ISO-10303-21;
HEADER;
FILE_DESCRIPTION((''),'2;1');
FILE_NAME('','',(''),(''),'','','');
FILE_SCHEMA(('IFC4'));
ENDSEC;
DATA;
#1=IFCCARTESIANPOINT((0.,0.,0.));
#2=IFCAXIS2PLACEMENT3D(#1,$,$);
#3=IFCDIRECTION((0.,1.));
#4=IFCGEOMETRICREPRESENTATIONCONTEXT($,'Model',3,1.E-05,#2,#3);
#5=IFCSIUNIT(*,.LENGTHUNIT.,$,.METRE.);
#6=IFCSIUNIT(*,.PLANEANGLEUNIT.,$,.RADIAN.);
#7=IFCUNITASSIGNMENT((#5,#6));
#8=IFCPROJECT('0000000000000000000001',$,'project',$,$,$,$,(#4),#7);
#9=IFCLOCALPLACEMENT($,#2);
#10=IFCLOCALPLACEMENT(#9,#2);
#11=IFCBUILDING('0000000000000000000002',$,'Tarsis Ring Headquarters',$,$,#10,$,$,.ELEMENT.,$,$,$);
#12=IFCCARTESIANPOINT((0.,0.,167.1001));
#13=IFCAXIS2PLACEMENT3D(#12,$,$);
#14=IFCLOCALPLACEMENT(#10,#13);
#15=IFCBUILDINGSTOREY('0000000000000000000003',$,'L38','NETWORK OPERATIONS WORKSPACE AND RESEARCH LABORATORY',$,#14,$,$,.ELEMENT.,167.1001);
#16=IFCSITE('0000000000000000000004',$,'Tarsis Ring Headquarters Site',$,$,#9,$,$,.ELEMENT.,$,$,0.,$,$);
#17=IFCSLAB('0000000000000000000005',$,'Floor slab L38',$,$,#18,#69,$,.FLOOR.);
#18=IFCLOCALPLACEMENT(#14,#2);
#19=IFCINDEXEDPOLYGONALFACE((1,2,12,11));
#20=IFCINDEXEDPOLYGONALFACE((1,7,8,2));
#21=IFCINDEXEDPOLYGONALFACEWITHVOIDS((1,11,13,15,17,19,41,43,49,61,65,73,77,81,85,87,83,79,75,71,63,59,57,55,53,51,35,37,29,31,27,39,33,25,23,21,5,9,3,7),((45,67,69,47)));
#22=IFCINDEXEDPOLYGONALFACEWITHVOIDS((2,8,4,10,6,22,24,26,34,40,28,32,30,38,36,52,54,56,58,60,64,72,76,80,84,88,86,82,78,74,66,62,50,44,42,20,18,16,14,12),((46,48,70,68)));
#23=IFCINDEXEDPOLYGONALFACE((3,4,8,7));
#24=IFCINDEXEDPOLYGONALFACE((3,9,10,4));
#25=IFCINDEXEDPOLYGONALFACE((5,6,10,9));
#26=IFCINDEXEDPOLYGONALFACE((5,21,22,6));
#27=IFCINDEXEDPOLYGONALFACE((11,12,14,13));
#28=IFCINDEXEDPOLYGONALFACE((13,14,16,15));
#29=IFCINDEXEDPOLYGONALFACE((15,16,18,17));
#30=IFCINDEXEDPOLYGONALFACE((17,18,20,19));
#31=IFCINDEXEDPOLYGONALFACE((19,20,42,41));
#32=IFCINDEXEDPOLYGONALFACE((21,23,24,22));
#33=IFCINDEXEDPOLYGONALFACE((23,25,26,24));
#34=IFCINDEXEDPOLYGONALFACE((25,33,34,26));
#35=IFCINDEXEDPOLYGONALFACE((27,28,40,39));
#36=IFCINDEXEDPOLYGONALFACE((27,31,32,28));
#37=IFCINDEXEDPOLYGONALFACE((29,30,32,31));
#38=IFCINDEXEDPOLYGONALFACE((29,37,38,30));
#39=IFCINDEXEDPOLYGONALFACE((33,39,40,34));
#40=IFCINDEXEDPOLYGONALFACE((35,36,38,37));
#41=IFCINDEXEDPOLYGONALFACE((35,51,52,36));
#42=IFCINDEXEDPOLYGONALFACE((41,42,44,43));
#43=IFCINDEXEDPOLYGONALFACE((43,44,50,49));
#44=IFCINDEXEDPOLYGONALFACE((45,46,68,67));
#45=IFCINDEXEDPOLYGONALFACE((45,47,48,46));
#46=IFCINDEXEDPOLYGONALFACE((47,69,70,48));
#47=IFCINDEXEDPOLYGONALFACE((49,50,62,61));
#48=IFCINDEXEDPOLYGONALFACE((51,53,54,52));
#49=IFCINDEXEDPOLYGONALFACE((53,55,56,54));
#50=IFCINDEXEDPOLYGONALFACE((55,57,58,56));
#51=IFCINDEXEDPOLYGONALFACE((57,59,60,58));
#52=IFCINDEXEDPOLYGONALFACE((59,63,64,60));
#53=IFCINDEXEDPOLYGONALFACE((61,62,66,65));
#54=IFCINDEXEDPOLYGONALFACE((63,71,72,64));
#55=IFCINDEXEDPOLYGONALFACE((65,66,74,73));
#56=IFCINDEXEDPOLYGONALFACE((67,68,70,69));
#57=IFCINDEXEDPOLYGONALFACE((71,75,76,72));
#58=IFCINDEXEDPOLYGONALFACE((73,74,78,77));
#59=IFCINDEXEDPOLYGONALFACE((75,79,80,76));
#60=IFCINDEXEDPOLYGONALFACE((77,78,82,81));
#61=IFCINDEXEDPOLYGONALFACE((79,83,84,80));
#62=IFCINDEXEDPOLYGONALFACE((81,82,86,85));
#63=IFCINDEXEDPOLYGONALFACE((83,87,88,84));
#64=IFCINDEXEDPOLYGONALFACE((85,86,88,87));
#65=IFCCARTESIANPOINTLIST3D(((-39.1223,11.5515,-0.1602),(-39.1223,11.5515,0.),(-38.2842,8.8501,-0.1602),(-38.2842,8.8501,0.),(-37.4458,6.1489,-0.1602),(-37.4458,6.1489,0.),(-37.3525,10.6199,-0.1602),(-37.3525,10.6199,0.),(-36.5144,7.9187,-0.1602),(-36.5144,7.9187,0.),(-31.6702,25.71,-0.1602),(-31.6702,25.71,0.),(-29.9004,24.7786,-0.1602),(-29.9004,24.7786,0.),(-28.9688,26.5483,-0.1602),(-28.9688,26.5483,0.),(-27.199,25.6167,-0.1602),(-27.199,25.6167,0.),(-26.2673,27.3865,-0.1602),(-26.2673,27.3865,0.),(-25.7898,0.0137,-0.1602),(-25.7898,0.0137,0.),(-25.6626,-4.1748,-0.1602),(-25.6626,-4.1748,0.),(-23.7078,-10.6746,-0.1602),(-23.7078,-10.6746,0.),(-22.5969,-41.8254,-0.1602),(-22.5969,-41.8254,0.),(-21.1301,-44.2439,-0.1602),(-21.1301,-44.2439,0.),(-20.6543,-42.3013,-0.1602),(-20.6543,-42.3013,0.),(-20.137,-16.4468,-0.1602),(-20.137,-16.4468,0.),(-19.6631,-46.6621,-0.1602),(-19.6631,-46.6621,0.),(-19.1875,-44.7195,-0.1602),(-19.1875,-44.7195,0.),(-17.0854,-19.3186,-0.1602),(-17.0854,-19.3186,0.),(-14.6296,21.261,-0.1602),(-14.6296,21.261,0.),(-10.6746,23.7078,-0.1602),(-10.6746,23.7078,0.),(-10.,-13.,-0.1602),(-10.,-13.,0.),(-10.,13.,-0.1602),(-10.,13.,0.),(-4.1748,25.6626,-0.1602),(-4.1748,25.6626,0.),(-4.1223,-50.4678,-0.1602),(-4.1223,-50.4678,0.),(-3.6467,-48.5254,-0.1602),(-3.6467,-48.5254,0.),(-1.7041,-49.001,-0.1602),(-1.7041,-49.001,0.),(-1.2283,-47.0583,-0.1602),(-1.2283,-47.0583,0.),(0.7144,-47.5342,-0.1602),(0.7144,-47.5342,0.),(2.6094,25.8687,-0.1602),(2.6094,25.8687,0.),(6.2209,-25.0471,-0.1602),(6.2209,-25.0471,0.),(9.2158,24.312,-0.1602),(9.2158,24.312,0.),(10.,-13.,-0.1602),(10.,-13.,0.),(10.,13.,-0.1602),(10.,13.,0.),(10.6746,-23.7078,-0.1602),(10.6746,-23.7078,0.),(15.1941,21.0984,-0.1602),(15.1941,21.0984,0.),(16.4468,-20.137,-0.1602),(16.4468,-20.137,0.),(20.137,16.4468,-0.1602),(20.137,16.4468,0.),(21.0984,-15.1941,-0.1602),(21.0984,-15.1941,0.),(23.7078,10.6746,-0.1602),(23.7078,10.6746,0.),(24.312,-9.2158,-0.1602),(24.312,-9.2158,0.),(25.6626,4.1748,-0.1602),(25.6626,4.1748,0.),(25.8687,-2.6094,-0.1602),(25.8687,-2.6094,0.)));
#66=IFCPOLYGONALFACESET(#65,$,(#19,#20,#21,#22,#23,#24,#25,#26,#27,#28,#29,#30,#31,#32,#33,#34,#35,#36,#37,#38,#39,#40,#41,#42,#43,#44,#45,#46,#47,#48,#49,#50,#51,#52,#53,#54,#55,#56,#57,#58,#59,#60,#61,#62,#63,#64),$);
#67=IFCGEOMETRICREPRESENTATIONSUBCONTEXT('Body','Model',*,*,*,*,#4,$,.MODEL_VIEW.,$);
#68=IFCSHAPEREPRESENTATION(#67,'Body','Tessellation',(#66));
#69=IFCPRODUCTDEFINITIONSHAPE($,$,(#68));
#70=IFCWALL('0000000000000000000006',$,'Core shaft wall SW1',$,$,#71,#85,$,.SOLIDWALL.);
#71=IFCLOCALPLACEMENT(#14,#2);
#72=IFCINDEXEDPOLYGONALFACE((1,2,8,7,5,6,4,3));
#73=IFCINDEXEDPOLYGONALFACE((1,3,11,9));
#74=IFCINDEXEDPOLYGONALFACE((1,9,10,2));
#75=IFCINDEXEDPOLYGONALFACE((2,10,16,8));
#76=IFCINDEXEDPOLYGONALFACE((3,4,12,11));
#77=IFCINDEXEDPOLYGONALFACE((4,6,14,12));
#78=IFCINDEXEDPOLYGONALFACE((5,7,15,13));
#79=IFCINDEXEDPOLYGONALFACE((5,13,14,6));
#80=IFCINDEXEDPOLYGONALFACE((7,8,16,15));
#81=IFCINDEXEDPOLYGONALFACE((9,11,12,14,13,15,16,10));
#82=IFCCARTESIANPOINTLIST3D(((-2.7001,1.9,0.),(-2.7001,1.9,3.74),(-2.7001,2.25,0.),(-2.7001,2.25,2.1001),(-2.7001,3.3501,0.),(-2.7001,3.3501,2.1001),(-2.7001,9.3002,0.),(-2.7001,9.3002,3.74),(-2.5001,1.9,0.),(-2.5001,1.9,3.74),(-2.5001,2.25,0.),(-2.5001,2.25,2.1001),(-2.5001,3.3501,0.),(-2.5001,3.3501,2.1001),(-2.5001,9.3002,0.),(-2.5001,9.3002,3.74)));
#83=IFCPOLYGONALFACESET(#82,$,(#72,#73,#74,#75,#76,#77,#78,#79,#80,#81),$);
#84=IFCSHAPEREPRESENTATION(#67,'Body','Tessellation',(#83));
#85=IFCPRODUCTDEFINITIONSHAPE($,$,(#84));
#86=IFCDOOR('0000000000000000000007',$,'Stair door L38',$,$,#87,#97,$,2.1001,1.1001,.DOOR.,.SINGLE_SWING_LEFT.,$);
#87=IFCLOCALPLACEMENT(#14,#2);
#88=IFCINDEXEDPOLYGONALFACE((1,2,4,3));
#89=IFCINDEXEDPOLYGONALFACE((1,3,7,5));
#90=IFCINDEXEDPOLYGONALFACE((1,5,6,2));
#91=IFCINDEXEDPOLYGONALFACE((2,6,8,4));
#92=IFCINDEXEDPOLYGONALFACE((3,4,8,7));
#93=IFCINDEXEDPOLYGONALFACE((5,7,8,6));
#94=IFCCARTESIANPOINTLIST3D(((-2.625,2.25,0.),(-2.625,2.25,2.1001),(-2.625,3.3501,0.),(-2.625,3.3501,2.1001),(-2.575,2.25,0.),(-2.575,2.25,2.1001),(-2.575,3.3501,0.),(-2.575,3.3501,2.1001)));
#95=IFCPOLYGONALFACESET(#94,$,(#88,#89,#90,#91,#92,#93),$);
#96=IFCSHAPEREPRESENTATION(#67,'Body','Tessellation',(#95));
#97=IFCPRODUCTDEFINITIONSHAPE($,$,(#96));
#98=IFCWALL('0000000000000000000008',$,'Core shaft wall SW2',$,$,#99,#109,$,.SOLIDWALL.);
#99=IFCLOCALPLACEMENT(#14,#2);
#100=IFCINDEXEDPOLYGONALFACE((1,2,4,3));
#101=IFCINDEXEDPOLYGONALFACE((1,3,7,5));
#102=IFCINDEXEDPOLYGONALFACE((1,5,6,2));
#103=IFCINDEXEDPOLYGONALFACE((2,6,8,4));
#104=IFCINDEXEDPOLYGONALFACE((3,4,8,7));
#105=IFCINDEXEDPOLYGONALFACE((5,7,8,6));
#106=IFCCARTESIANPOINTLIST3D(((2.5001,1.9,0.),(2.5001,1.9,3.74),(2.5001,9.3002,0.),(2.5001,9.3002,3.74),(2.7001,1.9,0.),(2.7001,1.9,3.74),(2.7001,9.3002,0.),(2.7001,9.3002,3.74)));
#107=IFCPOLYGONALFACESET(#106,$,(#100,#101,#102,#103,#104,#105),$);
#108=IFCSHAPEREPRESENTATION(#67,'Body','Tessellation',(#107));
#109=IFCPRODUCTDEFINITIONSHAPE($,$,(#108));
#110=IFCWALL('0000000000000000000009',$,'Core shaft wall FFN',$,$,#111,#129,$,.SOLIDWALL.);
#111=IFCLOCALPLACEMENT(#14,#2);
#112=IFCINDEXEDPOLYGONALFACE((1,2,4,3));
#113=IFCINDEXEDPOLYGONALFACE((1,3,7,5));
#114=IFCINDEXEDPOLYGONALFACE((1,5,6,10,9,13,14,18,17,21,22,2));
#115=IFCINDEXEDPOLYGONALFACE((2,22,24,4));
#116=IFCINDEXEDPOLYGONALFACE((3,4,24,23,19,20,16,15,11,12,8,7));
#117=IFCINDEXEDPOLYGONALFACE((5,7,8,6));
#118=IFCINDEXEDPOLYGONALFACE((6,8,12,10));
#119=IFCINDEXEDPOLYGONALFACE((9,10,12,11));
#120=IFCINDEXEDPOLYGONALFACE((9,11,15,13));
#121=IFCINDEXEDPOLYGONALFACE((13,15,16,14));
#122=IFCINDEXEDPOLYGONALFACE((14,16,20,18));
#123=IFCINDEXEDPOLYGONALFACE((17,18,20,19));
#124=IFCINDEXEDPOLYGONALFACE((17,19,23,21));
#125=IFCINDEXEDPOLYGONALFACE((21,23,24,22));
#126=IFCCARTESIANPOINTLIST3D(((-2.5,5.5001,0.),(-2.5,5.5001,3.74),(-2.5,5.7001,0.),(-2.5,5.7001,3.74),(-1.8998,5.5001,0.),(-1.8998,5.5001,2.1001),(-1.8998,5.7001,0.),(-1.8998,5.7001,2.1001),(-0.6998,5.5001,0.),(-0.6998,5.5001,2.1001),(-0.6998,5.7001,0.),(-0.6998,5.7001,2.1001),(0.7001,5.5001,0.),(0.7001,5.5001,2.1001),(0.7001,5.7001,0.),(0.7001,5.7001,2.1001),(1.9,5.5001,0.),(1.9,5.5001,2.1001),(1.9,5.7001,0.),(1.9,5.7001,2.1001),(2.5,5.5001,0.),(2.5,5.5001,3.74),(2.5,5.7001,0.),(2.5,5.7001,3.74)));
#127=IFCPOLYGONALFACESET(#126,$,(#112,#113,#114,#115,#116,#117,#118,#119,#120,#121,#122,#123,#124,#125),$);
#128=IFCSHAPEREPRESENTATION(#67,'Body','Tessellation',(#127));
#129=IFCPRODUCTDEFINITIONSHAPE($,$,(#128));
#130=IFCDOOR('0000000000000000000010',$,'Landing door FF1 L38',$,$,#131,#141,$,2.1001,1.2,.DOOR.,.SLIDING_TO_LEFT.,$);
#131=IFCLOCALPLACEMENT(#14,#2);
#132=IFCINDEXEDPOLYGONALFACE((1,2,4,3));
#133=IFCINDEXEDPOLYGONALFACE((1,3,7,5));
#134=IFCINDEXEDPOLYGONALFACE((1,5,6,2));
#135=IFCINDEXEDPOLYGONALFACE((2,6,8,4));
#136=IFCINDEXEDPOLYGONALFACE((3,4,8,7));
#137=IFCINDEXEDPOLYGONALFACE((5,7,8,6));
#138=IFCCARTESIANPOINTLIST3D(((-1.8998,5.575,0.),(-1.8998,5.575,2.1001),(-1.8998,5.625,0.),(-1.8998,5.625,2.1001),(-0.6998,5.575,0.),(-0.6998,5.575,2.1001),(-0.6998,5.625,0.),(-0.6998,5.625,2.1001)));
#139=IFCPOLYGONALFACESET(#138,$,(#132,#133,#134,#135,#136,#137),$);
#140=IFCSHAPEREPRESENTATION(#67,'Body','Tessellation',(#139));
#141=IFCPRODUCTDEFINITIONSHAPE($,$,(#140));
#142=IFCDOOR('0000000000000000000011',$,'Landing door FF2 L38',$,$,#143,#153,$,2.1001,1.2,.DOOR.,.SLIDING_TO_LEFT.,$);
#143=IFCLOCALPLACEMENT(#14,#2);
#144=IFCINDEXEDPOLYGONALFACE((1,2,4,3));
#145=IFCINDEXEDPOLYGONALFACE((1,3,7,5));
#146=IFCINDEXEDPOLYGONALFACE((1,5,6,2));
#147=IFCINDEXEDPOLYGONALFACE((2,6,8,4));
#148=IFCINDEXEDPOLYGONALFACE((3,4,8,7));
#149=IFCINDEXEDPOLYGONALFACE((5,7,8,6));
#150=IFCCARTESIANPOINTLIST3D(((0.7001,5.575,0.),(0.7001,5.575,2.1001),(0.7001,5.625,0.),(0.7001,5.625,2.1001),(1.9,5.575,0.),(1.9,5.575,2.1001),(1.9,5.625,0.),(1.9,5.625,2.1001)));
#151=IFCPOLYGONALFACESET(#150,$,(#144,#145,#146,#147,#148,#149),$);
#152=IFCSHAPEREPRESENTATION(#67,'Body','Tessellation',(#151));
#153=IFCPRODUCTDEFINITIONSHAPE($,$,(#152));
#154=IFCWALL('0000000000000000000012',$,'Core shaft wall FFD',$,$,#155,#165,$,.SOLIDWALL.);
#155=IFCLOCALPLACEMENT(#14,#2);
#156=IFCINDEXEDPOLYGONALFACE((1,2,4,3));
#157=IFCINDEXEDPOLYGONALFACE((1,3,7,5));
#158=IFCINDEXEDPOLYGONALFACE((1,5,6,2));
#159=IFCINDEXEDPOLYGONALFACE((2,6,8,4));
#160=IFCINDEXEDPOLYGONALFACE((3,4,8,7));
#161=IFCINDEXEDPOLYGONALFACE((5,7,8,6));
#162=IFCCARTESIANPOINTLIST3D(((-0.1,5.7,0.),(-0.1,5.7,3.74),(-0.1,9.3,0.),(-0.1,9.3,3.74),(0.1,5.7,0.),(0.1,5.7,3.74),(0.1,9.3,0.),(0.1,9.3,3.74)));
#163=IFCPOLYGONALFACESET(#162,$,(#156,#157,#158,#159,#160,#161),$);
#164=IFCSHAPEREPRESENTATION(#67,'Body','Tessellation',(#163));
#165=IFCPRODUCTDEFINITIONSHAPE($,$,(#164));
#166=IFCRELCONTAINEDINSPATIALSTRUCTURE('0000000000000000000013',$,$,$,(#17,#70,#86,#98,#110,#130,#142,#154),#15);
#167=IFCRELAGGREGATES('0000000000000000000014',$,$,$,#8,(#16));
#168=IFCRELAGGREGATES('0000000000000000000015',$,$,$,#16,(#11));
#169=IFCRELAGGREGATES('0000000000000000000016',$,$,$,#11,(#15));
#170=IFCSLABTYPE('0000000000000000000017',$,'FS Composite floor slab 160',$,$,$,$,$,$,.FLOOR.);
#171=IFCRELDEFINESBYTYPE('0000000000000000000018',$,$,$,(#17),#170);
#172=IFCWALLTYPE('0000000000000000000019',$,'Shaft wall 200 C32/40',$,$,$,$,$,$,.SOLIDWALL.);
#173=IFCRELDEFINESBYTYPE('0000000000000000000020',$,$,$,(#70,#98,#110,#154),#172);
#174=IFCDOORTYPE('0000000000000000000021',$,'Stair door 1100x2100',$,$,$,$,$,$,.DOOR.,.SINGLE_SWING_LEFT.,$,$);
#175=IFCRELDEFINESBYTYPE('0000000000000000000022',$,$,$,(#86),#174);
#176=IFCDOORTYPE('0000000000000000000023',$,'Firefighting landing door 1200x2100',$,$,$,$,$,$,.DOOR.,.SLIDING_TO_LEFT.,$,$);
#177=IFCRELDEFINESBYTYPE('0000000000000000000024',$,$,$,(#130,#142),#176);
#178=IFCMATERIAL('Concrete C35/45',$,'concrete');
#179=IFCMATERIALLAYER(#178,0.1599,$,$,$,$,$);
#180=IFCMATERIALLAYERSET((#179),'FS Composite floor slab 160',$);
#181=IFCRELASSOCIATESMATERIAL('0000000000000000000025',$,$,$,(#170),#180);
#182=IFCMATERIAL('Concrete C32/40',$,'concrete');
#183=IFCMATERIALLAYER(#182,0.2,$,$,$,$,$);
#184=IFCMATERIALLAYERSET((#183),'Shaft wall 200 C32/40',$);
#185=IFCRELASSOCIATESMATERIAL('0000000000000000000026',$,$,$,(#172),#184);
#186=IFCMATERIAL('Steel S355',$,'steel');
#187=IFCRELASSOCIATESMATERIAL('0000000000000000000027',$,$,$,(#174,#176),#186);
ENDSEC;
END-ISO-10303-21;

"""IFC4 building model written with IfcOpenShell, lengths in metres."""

from ifc_helpers import new_model, si_unit, direction, frame, frame_2d, origin, place, context, subcontext, project, spatial, polyline, rectangle, outline, extrude, material, layer, layer_set, type_object, element, fill, save


model = new_model("IFC4")

# Units and contexts
model_context = context("Model", 3, precision=1e-05, world=origin(), true_north=direction((0.0, 1.0)))
body_context = subcontext(model_context, "Body", "Model", "MODEL_VIEW")
ifc_project = project(units=[si_unit("LENGTHUNIT", "METRE"), si_unit("PLANEANGLEUNIT", "RADIAN")], contexts=[model_context])

# Site, building, storey
site_placement = place(None, origin())
site = spatial("IfcSite", under=ifc_project, at=site_placement, Name="Tarsis Ring Headquarters Site", CompositionType="ELEMENT", RefElevation=0.0)
building_placement = place(site_placement, origin())
building = spatial("IfcBuilding", under=site, at=building_placement, Name="Tarsis Ring Headquarters", CompositionType="ELEMENT")
storey_placement = place(building_placement, frame((0.0, 0.0, 167.1001)))
storey = spatial("IfcBuildingStorey", under=building, at=storey_placement, Name="L38", Description="NETWORK OPERATIONS WORKSPACE AND RESEARCH LABORATORY", CompositionType="ELEMENT", Elevation=167.1001)

# Slab
ifc_material_1 = material(Name="Concrete C35/45", Category="concrete")
ifc_layer_1 = layer(ifc_material_1, 0.1599)
ifc_layer_set_1 = layer_set([ifc_layer_1], Name="FS Composite floor slab 160")
slab_type_1 = type_object("IfcSlabType", Name="FS Composite floor slab 160", PredefinedType="FLOOR", material=ifc_layer_set_1)
slab_1_placement = place(storey_placement, frame((0.0, 0.0, -0.1602)))
element("IfcSlab", 1, at=slab_1_placement, inside=storey, type_object=slab_type_1, Name="Floor slab L38", PredefinedType="FLOOR", context=body_context, shape_type="SweptSolid", body=[
    extrude(outline(polyline([(-25.7898, 0.0137), (-25.6626, -4.1748), (-23.7078, -10.6746), (-20.137, -16.4468), (-17.0854, -19.3186), (-22.5969, -41.8254), (-20.6543, -42.3013), (-21.1301, -44.2439), (-19.1875, -44.7195), (-19.6631, -46.6621), (-4.1223, -50.4678), (-3.6467, -48.5254), (-1.7041, -49.001), (-1.2283, -47.0583), (0.7144, -47.5342), (6.2209, -25.0471), (10.6746, -23.7078), (16.4468, -20.137), (21.0984, -15.1941), (24.312, -9.2158), (25.8687, -2.6094), (25.6626, 4.1748), (23.7078, 10.6746), (20.137, 16.4468), (15.1941, 21.0984), (9.2158, 24.312), (2.6094, 25.8687), (-4.1748, 25.6626), (-10.6746, 23.7078), (-14.6296, 21.261), (-26.2673, 27.3865), (-27.199, 25.6167), (-28.9688, 26.5483), (-29.9004, 24.7786), (-31.6702, 25.71), (-39.1223, 11.5515), (-37.3525, 10.6199), (-38.2842, 8.8501), (-36.5144, 7.9187), (-37.4458, 6.1489), (-25.7898, 0.0137)]), holes=[polyline([(-10.0, -13.0), (-10.0, 13.0), (10.0, 13.0), (10.0, -13.0), (-10.0, -13.0)])]), origin(), (0.0, 0.0, 1.0), 0.1602),
])

# Wall, opening, door
ifc_material_2 = material(Name="Concrete C32/40", Category="concrete")
ifc_layer_2 = layer(ifc_material_2, 0.2)
ifc_layer_set_2 = layer_set([ifc_layer_2], Name="Shaft wall 200 C32/40")
wall_type = type_object("IfcWallType", Name="Shaft wall 200 C32/40", PredefinedType="SOLIDWALL", material=ifc_layer_set_2)
wall_1_placement = place(storey_placement, frame((-2.6001, 1.8999, 0.0), z_axis=(0.0, 0.0, 1.0), x_axis=(0.0, 1.0, 0.0)))
wall_1 = element("IfcWall", 2, at=wall_1_placement, inside=storey, type_object=wall_type, Name="Core shaft wall SW1", PredefinedType="SOLIDWALL", context=body_context, shape_type="SweptSolid", body=[
    extrude(rectangle(XDim=7.4001, YDim=0.2, at=frame_2d((3.7002, 0.0))), origin(), (0.0, 0.0, 1.0), 3.74),
])
opening_1_placement = place(wall_1_placement, frame((0.3501, 0.0, 0.0)))
opening_1 = element("IfcOpeningElement", 3, at=opening_1_placement, cuts=wall_1, PredefinedType="OPENING", context=body_context, shape_type="SweptSolid", body=[
    extrude(rectangle(XDim=1.1001, YDim=2.1001, at=frame_2d((0.55, 1.05))), frame((0.0, 0.1099, 0.0), z_axis=(0.0, -1.0, 0.0), x_axis=(1.0, 0.0, 0.0)), (0.0, 0.0, 1.0), 0.22),
])
ifc_material_3 = material(Name="Steel S355", Category="steel")
door_type_1 = type_object("IfcDoorType", Name="Stair door 1100x2100", OperationType="SINGLE_SWING_LEFT", PredefinedType="DOOR", material=ifc_material_3)
door_1_placement = place(opening_1_placement, origin())
door_1 = element("IfcDoor", 4, at=door_1_placement, inside=storey, type_object=door_type_1, Name="Stair door L38", OperationType="SINGLE_SWING_LEFT", OverallHeight=2.1001, OverallWidth=1.1001, PredefinedType="DOOR", context=body_context, shape_type="SweptSolid", body=[
    extrude(rectangle(XDim=1.1001, YDim=2.1001, at=frame_2d((0.55, 1.05))), frame((0.0, 0.0249, 0.0), z_axis=(0.0, -1.0, 0.0), x_axis=(1.0, 0.0, 0.0)), (0.0, 0.0, 1.0), 0.05),
])
fill(opening_1, door_1)

# Wall
wall_2_placement = place(storey_placement, frame((2.6001, 1.8999, 0.0), z_axis=(0.0, 0.0, 1.0), x_axis=(0.0, 1.0, 0.0)))
element("IfcWall", 5, at=wall_2_placement, inside=storey, type_object=wall_type, Name="Core shaft wall SW2", PredefinedType="SOLIDWALL", context=body_context, shape_type="SweptSolid", body=[
    extrude(rectangle(XDim=7.4001, YDim=0.2, at=frame_2d((3.7002, 0.0))), origin(), (0.0, 0.0, 1.0), 3.74),
])

# Wall, openings, doors
wall_3_placement = place(storey_placement, frame((-2.5, 5.6001, 0.0), z_axis=(0.0, 0.0, 1.0), x_axis=(1.0, 0.0, 0.0)))
wall_3 = element("IfcWall", 6, at=wall_3_placement, inside=storey, type_object=wall_type, Name="Core shaft wall FFN", PredefinedType="SOLIDWALL", context=body_context, shape_type="SweptSolid", body=[
    extrude(rectangle(XDim=5.0, YDim=0.2, at=frame_2d((2.5, 0.0))), origin(), (0.0, 0.0, 1.0), 3.74),
])
opening_2_placement = place(wall_3_placement, frame((0.6001, 0.0, 0.0)))
opening_2 = element("IfcOpeningElement", 7, at=opening_2_placement, cuts=wall_3, PredefinedType="OPENING", context=body_context, shape_type="SweptSolid", body=[
    extrude(rectangle(XDim=1.2, YDim=2.1001, at=frame_2d((0.6001, 1.05))), frame((0.0, 0.1099, 0.0), z_axis=(0.0, -1.0, 0.0), x_axis=(1.0, 0.0, 0.0)), (0.0, 0.0, 1.0), 0.22),
])
opening_3_placement = place(wall_3_placement, frame((3.2, 0.0, 0.0)))
opening_3 = element("IfcOpeningElement", 8, at=opening_3_placement, cuts=wall_3, PredefinedType="OPENING", context=body_context, shape_type="SweptSolid", body=[
    extrude(rectangle(XDim=1.2, YDim=2.1001, at=frame_2d((0.6001, 1.05))), frame((0.0, 0.1099, 0.0), z_axis=(0.0, -1.0, 0.0), x_axis=(1.0, 0.0, 0.0)), (0.0, 0.0, 1.0), 0.22),
])
door_type_2 = type_object("IfcDoorType", Name="Firefighting landing door 1200x2100", OperationType="SLIDING_TO_LEFT", PredefinedType="DOOR", material=ifc_material_3)
door_2_placement = place(opening_2_placement, origin())
door_2 = element("IfcDoor", 9, at=door_2_placement, inside=storey, type_object=door_type_2, Name="Landing door FF1 L38", OperationType="SLIDING_TO_LEFT", OverallHeight=2.1001, OverallWidth=1.2, PredefinedType="DOOR", context=body_context, shape_type="SweptSolid", body=[
    extrude(rectangle(XDim=1.2, YDim=2.1001, at=frame_2d((0.6001, 1.05))), frame((0.0, 0.0249, 0.0), z_axis=(0.0, -1.0, 0.0), x_axis=(1.0, 0.0, 0.0)), (0.0, 0.0, 1.0), 0.05),
])
fill(opening_2, door_2)
door_3_placement = place(opening_3_placement, origin())
door_3 = element("IfcDoor", 10, at=door_3_placement, inside=storey, type_object=door_type_2, Name="Landing door FF2 L38", OperationType="SLIDING_TO_LEFT", OverallHeight=2.1001, OverallWidth=1.2, PredefinedType="DOOR", context=body_context, shape_type="SweptSolid", body=[
    extrude(rectangle(XDim=1.2, YDim=2.1001, at=frame_2d((0.6001, 1.05))), frame((0.0, 0.0249, 0.0), z_axis=(0.0, -1.0, 0.0), x_axis=(1.0, 0.0, 0.0)), (0.0, 0.0, 1.0), 0.05),
])
fill(opening_3, door_3)

# Wall
wall_4_placement = place(storey_placement, frame((0.0, 5.7, 0.0), z_axis=(0.0, 0.0, 1.0), x_axis=(0.0, 1.0, 0.0)))
element("IfcWall", 11, at=wall_4_placement, inside=storey, type_object=wall_type, Name="Core shaft wall FFD", PredefinedType="SOLIDWALL", context=body_context, shape_type="SweptSolid", body=[
    extrude(rectangle(XDim=3.6001, YDim=0.2, at=frame_2d((1.8, 0.0))), origin(), (0.0, 0.0, 1.0), 3.74),
])

save(model, "model.ifc")
